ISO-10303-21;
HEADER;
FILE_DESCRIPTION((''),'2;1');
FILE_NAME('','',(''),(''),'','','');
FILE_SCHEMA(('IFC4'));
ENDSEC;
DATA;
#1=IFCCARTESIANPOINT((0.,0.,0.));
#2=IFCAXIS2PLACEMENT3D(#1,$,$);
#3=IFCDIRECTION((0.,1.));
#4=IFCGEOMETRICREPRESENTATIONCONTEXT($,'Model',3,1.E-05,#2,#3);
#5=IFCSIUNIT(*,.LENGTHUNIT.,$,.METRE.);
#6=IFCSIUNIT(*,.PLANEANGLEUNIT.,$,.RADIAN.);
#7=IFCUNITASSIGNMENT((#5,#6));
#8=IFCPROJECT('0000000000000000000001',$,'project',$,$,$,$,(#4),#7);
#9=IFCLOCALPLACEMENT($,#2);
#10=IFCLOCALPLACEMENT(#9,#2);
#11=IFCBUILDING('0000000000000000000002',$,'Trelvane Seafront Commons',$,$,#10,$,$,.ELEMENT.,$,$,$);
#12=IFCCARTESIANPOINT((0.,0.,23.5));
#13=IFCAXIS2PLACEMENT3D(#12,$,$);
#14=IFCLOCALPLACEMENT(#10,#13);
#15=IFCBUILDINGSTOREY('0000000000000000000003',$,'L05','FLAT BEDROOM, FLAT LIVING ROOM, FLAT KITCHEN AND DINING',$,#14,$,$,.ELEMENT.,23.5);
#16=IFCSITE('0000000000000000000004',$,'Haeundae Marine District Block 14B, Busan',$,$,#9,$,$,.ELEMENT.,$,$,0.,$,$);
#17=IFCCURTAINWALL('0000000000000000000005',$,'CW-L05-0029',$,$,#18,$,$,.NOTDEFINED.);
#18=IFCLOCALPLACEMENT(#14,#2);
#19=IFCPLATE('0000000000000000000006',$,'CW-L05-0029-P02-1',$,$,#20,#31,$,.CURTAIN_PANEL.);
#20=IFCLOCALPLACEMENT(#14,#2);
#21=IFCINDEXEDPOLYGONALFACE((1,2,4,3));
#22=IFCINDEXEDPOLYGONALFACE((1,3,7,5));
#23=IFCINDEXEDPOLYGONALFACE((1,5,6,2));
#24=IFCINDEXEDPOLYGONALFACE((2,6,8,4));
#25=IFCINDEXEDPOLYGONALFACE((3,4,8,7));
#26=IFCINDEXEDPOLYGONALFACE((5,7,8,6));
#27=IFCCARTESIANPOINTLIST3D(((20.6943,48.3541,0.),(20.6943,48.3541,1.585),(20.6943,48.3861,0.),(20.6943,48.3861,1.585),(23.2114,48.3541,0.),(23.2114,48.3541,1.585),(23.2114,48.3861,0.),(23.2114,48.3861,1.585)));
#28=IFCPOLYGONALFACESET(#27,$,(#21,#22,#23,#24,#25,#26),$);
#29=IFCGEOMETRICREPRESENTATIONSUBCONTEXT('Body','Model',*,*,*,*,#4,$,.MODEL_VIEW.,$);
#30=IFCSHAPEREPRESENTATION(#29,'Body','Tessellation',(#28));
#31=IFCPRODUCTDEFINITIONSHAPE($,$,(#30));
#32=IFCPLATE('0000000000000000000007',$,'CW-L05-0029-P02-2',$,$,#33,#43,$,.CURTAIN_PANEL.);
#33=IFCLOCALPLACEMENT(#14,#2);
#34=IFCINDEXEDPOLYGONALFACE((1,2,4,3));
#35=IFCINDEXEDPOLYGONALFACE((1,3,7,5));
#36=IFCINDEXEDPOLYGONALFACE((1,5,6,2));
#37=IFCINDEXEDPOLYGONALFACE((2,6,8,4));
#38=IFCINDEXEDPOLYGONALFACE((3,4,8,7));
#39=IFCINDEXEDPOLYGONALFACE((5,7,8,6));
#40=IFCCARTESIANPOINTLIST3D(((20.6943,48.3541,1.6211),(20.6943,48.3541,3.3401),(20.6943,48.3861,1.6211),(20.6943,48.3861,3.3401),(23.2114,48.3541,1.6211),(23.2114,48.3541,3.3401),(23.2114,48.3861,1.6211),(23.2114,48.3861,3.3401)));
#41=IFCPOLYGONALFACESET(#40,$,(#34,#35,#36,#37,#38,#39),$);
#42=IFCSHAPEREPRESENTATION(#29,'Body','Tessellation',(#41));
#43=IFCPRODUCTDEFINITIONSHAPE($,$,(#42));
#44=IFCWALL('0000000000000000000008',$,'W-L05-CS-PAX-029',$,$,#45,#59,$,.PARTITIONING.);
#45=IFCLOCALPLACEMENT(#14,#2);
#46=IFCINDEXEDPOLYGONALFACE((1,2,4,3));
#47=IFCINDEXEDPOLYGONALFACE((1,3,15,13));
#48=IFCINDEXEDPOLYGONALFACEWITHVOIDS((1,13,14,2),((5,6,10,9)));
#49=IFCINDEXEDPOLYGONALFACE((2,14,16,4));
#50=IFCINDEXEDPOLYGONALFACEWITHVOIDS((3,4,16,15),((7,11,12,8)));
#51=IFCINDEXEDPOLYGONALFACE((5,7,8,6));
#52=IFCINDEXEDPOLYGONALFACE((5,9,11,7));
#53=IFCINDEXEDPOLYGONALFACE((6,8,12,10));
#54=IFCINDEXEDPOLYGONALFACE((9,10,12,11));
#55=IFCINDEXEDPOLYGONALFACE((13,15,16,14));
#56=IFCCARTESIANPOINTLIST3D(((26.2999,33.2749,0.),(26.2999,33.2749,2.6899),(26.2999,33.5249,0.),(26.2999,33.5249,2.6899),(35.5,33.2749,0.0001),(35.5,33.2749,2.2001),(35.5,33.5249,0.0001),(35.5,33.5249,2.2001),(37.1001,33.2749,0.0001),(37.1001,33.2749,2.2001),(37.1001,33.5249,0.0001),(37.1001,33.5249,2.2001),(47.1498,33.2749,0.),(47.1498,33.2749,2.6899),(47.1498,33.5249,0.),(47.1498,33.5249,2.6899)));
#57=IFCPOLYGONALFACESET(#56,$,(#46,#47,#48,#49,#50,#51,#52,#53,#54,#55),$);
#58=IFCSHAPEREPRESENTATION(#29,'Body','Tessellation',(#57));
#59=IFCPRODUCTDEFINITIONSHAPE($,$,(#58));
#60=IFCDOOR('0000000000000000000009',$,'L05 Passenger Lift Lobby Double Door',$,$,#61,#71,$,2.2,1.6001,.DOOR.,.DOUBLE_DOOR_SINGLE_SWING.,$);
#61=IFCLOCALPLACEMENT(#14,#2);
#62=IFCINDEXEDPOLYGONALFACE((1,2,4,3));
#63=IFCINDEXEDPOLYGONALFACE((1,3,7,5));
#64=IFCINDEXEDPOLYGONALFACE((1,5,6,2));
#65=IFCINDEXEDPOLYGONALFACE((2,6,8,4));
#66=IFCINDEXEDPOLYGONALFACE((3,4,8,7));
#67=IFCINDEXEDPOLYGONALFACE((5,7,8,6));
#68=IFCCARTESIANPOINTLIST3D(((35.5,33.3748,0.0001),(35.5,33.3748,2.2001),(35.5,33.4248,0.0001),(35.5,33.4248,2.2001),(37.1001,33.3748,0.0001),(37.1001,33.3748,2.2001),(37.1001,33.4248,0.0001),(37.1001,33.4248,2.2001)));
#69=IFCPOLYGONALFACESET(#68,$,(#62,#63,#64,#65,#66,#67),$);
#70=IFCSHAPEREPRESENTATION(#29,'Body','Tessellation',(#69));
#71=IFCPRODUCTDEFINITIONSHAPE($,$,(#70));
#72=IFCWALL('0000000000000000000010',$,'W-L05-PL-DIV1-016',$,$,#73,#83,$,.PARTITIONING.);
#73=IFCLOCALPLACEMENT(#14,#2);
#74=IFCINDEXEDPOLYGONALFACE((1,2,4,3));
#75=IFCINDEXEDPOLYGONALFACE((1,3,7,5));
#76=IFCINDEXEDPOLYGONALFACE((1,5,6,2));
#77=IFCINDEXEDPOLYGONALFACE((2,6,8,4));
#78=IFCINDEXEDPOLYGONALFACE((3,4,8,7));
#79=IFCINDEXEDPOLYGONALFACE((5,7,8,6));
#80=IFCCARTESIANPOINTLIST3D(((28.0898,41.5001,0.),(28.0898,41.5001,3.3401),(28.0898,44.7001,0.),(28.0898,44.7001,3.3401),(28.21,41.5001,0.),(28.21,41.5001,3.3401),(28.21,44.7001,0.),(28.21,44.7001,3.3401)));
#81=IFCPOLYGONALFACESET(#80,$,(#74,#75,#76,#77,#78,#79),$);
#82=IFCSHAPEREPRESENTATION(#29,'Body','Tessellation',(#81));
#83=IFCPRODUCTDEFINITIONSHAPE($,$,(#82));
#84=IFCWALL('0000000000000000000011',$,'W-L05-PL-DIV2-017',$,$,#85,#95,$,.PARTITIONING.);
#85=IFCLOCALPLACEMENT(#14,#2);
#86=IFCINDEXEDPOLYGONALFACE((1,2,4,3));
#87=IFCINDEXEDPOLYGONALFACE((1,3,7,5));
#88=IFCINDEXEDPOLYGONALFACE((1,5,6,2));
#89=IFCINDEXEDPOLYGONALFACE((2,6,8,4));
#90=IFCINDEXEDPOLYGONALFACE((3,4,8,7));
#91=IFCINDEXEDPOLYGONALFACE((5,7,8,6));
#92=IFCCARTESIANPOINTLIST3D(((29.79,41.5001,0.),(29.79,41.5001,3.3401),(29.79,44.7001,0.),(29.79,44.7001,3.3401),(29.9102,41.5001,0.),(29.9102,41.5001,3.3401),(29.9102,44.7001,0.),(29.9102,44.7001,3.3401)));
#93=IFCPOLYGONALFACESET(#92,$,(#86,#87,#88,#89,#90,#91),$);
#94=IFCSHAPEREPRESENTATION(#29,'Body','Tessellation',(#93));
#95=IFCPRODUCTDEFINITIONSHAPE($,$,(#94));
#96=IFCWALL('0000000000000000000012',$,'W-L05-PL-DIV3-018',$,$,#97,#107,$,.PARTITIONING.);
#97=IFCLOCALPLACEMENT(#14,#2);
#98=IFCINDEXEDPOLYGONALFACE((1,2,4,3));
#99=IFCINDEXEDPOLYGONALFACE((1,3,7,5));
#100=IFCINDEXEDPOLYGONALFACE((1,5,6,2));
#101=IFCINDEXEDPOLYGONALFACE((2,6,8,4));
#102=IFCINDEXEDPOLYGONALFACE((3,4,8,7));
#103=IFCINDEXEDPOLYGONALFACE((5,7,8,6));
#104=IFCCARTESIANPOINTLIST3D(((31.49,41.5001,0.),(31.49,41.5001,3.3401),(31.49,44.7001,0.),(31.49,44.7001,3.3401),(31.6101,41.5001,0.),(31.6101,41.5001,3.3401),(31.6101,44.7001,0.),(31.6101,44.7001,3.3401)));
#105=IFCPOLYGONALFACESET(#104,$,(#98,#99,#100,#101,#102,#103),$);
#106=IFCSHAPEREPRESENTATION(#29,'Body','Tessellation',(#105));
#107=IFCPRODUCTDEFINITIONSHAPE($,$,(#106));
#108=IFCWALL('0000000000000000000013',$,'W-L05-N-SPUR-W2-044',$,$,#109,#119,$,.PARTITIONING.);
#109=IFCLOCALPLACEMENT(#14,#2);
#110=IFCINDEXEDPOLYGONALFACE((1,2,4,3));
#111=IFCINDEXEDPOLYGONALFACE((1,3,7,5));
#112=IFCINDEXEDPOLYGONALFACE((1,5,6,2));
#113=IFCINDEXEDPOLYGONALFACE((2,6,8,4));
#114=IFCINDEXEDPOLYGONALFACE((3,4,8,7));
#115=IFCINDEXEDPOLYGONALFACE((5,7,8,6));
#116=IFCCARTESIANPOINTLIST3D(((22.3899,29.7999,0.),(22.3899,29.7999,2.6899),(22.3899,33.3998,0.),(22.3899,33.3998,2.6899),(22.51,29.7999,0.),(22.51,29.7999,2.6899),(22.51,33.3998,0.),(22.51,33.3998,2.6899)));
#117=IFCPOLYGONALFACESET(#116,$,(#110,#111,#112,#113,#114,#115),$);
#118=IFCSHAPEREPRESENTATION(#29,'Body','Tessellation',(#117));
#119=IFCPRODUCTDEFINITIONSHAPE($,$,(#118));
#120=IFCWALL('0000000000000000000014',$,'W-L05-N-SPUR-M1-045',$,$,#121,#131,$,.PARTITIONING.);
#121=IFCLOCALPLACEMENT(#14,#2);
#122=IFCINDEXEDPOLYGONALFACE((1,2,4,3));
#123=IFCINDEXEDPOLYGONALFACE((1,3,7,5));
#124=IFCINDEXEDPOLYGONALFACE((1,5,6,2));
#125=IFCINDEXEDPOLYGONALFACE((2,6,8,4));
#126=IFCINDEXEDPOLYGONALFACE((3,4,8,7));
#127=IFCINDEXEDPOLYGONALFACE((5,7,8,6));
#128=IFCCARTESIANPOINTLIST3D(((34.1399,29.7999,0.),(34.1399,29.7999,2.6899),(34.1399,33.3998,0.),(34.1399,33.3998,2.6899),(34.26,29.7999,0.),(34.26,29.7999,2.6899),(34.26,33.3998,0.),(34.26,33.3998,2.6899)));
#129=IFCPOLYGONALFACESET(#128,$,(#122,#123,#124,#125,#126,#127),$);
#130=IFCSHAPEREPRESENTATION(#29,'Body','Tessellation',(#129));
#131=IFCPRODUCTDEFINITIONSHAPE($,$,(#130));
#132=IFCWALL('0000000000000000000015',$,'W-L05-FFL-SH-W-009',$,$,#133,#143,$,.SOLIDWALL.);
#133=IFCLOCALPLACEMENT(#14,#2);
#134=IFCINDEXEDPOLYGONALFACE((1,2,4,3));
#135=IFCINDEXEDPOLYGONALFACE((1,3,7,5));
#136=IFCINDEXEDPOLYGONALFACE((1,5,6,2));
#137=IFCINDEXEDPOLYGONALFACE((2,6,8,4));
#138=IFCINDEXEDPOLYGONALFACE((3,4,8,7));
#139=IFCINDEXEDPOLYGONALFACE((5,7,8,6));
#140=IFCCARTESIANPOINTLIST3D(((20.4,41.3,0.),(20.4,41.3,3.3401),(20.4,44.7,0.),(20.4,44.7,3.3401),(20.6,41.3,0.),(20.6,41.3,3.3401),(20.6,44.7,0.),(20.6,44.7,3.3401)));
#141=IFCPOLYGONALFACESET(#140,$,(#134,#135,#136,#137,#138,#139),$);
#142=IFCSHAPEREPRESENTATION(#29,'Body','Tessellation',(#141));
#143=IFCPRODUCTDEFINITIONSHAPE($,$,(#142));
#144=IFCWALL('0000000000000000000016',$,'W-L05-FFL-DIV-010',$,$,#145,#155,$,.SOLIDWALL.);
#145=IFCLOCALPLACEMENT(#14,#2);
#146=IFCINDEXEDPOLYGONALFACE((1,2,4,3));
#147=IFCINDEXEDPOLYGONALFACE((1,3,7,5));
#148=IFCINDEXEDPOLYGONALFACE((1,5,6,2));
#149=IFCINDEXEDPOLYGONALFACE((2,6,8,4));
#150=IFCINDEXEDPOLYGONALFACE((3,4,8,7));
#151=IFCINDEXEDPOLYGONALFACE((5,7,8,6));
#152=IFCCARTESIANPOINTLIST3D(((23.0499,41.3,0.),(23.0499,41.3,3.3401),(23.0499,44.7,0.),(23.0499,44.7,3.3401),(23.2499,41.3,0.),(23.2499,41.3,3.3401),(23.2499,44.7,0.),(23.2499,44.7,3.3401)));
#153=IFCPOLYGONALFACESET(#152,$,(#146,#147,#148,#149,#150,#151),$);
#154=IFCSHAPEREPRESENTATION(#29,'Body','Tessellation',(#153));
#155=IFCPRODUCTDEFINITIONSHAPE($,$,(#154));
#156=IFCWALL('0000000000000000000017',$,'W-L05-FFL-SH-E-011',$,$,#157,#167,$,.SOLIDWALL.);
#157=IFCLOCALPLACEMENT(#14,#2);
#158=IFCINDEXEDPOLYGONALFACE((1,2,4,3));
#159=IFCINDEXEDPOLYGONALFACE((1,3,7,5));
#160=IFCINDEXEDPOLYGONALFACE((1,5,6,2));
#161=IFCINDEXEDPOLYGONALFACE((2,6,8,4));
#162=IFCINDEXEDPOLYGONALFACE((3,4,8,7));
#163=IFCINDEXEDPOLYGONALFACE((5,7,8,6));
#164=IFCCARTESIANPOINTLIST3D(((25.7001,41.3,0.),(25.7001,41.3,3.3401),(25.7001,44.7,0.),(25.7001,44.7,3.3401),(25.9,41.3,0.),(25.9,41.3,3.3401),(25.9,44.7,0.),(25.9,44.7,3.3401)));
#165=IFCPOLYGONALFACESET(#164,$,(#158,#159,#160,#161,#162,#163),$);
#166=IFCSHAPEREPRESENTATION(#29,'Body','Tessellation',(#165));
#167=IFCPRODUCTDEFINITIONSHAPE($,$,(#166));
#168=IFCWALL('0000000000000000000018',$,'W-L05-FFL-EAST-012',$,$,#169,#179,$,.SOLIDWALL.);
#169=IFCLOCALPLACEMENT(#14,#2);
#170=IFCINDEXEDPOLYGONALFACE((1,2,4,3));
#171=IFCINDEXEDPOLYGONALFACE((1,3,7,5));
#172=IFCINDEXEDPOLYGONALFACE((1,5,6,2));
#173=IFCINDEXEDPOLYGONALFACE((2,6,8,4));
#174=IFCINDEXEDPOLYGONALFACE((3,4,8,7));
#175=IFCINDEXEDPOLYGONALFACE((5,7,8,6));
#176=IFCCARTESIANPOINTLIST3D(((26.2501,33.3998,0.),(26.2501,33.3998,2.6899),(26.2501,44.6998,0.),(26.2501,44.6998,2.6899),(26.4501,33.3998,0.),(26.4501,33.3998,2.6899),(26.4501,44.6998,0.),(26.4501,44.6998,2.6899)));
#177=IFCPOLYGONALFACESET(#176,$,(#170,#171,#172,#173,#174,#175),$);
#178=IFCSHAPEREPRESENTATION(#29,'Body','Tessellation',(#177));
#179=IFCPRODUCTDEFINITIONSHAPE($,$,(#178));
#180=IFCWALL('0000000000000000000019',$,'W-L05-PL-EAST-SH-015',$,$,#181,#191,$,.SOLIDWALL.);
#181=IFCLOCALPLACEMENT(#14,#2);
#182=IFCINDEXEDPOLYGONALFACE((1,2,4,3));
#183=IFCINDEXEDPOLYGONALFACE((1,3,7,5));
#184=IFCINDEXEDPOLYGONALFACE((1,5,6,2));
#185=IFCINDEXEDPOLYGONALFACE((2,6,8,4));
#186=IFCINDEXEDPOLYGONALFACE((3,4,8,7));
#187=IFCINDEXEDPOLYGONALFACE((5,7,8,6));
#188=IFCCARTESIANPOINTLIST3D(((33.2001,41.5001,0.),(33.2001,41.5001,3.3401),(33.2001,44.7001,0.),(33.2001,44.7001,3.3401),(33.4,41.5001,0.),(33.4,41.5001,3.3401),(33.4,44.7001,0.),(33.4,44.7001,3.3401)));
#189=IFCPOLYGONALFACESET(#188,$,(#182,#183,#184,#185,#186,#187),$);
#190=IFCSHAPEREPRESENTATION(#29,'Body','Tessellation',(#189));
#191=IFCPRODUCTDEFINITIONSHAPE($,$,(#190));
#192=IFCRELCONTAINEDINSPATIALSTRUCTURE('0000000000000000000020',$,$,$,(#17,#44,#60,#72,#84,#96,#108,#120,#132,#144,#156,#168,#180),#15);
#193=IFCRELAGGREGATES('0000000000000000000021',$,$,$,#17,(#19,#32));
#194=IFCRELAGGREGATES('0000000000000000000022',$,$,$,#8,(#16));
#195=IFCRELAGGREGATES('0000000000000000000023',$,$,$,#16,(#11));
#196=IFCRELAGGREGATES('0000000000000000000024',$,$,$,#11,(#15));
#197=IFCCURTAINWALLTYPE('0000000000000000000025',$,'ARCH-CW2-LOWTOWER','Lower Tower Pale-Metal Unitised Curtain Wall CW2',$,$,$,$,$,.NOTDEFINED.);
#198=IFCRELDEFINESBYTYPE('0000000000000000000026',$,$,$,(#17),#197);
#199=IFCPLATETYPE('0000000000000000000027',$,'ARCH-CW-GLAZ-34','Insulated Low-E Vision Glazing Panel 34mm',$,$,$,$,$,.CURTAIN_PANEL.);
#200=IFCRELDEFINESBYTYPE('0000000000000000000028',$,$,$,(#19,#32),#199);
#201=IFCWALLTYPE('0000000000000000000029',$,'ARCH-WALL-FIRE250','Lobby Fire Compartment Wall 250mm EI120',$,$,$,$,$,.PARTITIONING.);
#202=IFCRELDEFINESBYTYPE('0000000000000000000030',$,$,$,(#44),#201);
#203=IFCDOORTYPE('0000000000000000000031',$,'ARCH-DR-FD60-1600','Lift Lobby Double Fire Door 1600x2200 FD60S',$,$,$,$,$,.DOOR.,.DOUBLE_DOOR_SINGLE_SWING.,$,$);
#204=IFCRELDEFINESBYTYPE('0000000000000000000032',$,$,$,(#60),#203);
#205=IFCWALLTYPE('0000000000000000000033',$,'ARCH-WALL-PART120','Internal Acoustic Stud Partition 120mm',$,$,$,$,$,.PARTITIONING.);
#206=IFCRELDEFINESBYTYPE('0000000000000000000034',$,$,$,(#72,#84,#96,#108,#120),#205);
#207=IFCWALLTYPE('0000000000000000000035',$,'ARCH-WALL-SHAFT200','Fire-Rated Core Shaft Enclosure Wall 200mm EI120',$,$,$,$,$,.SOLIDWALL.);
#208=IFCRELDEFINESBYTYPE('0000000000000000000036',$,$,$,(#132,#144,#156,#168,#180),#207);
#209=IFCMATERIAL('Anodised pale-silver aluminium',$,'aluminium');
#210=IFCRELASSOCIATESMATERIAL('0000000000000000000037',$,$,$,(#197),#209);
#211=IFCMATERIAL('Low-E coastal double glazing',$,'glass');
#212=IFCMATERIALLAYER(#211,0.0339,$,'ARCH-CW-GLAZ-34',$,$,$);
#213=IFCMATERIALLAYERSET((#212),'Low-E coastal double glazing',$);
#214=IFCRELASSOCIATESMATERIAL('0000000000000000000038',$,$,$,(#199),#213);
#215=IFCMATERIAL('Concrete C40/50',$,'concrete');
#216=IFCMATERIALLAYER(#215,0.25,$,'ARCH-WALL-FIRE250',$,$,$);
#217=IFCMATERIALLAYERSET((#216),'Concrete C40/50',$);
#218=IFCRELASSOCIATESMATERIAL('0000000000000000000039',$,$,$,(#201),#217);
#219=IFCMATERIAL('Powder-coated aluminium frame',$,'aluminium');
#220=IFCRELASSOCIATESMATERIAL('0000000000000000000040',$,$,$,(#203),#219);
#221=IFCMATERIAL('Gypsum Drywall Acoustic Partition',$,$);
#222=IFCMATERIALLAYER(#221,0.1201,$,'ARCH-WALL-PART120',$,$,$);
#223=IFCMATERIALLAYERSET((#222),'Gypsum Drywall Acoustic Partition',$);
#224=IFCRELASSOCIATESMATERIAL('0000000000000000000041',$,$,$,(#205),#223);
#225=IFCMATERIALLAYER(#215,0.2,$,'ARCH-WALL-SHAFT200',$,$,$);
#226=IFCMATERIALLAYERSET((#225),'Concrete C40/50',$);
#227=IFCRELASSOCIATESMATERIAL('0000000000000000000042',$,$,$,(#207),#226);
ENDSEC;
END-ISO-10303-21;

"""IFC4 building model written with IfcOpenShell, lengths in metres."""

from ifc_helpers import new_model, si_unit, direction, frame, frame_2d, origin, origin_2d, place, context, subcontext, project, spatial, rectangle, extrude, source, transform, mapped, material, layer, layer_set, type_object, element, fill, aggregate, save


model = new_model("IFC4")

# Units and contexts
model_context = context("Model", 3, precision=1e-05, world=origin(), true_north=direction((0.0, 1.0)))
body_context = subcontext(model_context, "Body", "Model", "MODEL_VIEW")
ifc_project = project(units=[si_unit("LENGTHUNIT", "METRE"), si_unit("PLANEANGLEUNIT", "RADIAN")], contexts=[model_context])

# Site, building, storey
site_placement = place(None, origin())
site = spatial("IfcSite", under=ifc_project, at=site_placement, Name="Haeundae Marine District Block 14B, Busan", CompositionType="ELEMENT", RefElevation=0.0)
building_placement = place(site_placement, origin())
building = spatial("IfcBuilding", under=site, at=building_placement, Name="Trelvane Seafront Commons", CompositionType="ELEMENT")
storey_placement = place(building_placement, frame((0.0, 0.0, 23.5)))
storey = spatial("IfcBuildingStorey", under=building, at=storey_placement, Name="L05", Description="FLAT BEDROOM, FLAT LIVING ROOM, FLAT KITCHEN AND DINING", CompositionType="ELEMENT", Elevation=23.5)

# Curtain wall, plates
ifc_material_1 = material(Name="Anodised pale-silver aluminium", Category="aluminium")
curtain_wall_type = type_object("IfcCurtainWallType", Name="ARCH-CW2-LOWTOWER", Description="Lower Tower Pale-Metal Unitised Curtain Wall CW2", PredefinedType="NOTDEFINED", material=ifc_material_1)
curtain_wall_placement = place(storey_placement, origin())
curtain_wall = element("IfcCurtainWall", 1, at=curtain_wall_placement, inside=storey, type_object=curtain_wall_type, Name="CW-L05-0029", PredefinedType="NOTDEFINED")
ifc_material_2 = material(Name="Low-E coastal double glazing", Category="glass")
ifc_layer_1 = layer(ifc_material_2, 0.0339, Name="ARCH-CW-GLAZ-34")
ifc_layer_set_1 = layer_set([ifc_layer_1], Name="Low-E coastal double glazing")
plate_type = type_object("IfcPlateType", Name="ARCH-CW-GLAZ-34", Description="Insulated Low-E Vision Glazing Panel 34mm", PredefinedType="CURTAIN_PANEL", material=ifc_layer_set_1)
shared_shape_1 = source(origin(), body_context, "Body", "SweptSolid", [
    extrude(rectangle(XDim=2.5171, YDim=0.032, at=origin_2d()), origin(), (0.0, 0.0, 1.0), 1.585),
])
plate_1_placement = place(storey_placement, frame((21.9529, 48.3701, 0.0), z_axis=(0.0, 0.0, 1.0), x_axis=(1.0, 0.0, 0.0)))
plate_1 = element("IfcPlate", 2, at=plate_1_placement, type_object=plate_type, Name="CW-L05-0029-P02-1", PredefinedType="CURTAIN_PANEL", context=body_context, shape_type="MappedRepresentation", body=[
    mapped(shared_shape_1, transform((0.0, 0.0, 0.0), x_axis=(1.0, 0.0, 0.0), y_axis=(0.0, 1.0, 0.0), z_axis=(0.0, 0.0, 1.0), scale=1.0)),
])
shared_shape_2 = source(origin(), body_context, "Body", "SweptSolid", [
    extrude(rectangle(XDim=2.5171, YDim=0.032, at=origin_2d()), origin(), (0.0, 0.0, 1.0), 1.719),
])
plate_2_placement = place(storey_placement, frame((21.9529, 48.3701, 1.6211), z_axis=(0.0, 0.0, 1.0), x_axis=(1.0, 0.0, 0.0)))
plate_2 = element("IfcPlate", 3, at=plate_2_placement, type_object=plate_type, Name="CW-L05-0029-P02-2", PredefinedType="CURTAIN_PANEL", context=body_context, shape_type="MappedRepresentation", body=[
    mapped(shared_shape_2, transform((0.0, 0.0, 0.0), x_axis=(1.0, 0.0, 0.0), y_axis=(0.0, 1.0, 0.0), z_axis=(0.0, 0.0, 1.0), scale=1.0)),
])
aggregate(curtain_wall, [plate_1, plate_2])

# Wall, opening, door
ifc_material_3 = material(Name="Concrete C40/50", Category="concrete")
ifc_layer_2 = layer(ifc_material_3, 0.25, Name="ARCH-WALL-FIRE250")
ifc_layer_set_2 = layer_set([ifc_layer_2], Name="Concrete C40/50")
wall_type_1 = type_object("IfcWallType", Name="ARCH-WALL-FIRE250", Description="Lobby Fire Compartment Wall 250mm EI120", PredefinedType="PARTITIONING", material=ifc_layer_set_2)
wall_1_placement = place(storey_placement, frame((26.3, 33.3999, 0.0), z_axis=(0.0, 0.0, 1.0), x_axis=(1.0, 0.0, 0.0)))
wall_1 = element("IfcWall", 4, at=wall_1_placement, inside=storey, type_object=wall_type_1, Name="W-L05-CS-PAX-029", PredefinedType="PARTITIONING", context=body_context, shape_type="SweptSolid", body=[
    extrude(rectangle(XDim=20.8499, YDim=0.25, at=frame_2d((10.4248, 0.0))), origin(), (0.0, 0.0, 1.0), 2.6899),
])
opening_1_placement = place(wall_1_placement, frame((9.2, 0.0, 0.0)))
opening_1 = element("IfcOpeningElement", 5, at=opening_1_placement, cuts=wall_1, PredefinedType="OPENING", context=body_context, shape_type="SweptSolid", body=[
    extrude(rectangle(XDim=1.6001, YDim=2.2, at=frame_2d((0.8, 1.1001))), frame((0.0, 0.135, 0.0), z_axis=(0.0, -1.0, 0.0), x_axis=(1.0, 0.0, 0.0)), (0.0, 0.0, 1.0), 0.27),
])
ifc_material_4 = material(Name="Powder-coated aluminium frame", Category="aluminium")
door_type_1 = type_object("IfcDoorType", Name="ARCH-DR-FD60-1600", Description="Lift Lobby Double Fire Door 1600x2200 FD60S", OperationType="DOUBLE_DOOR_SINGLE_SWING", PredefinedType="DOOR", material=ifc_material_4)
shared_shape_3 = source(origin(), body_context, "Body", "SweptSolid", [
    extrude(rectangle(XDim=1.6001, YDim=2.2, at=frame_2d((0.8, 1.1001))), frame((0.0, 0.0249, 0.0), z_axis=(0.0, -1.0, 0.0), x_axis=(1.0, 0.0, 0.0)), (0.0, 0.0, 1.0), 0.05),
])
door_1_placement = place(opening_1_placement, origin())
door_1 = element("IfcDoor", 6, at=door_1_placement, inside=storey, type_object=door_type_1, Name="L05 Passenger Lift Lobby Double Door", OperationType="DOUBLE_DOOR_SINGLE_SWING", OverallHeight=2.2, OverallWidth=1.6001, PredefinedType="DOOR", context=body_context, shape_type="MappedRepresentation", body=[
    mapped(shared_shape_3, transform((0.0, 0.0, 0.0), x_axis=(1.0, 0.0, 0.0), y_axis=(0.0, 1.0, 0.0), z_axis=(0.0, 0.0, 1.0), scale=1.0)),
])
fill(opening_1, door_1)

# Walls
ifc_material_5 = material(Name="Gypsum Drywall Acoustic Partition")
ifc_layer_3 = layer(ifc_material_5, 0.1201, Name="ARCH-WALL-PART120")
ifc_layer_set_3 = layer_set([ifc_layer_3], Name="Gypsum Drywall Acoustic Partition")
wall_type_2 = type_object("IfcWallType", Name="ARCH-WALL-PART120", Description="Internal Acoustic Stud Partition 120mm", PredefinedType="PARTITIONING", material=ifc_layer_set_3)
for number, where, z_axis, x_axis, name in (
    (7, (28.1499, 41.5, 0.0), (0.0, 0.0, 1.0), (0.0, 1.0, 0.0), "W-L05-PL-DIV1-016"),
    (8, (29.8501, 41.5, 0.0), (0.0, 0.0, 1.0), (0.0, 1.0, 0.0), "W-L05-PL-DIV2-017"),
    (9, (31.55, 41.5, 0.0), (0.0, 0.0, 1.0), (0.0, 1.0, 0.0), "W-L05-PL-DIV3-018"),
):
    element("IfcWall", number, at=place(storey_placement, frame(where, z_axis=z_axis, x_axis=x_axis)), inside=storey, type_object=wall_type_2, Name=name, PredefinedType="PARTITIONING", context=body_context, shape_type="SweptSolid", body=[
        extrude(rectangle(XDim=3.2, YDim=0.1201, at=frame_2d((1.6001, 0.0))), origin(), (0.0, 0.0, 1.0), 3.3401),
    ])
for number, where, z_axis, x_axis, name in (
    (10, (22.45, 29.8, 0.0), (0.0, 0.0, 1.0), (0.0, 1.0, 0.0), "W-L05-N-SPUR-W2-044"),
    (11, (34.2, 29.8, 0.0), (0.0, 0.0, 1.0), (0.0, 1.0, 0.0), "W-L05-N-SPUR-M1-045"),
):
    element("IfcWall", number, at=place(storey_placement, frame(where, z_axis=z_axis, x_axis=x_axis)), inside=storey, type_object=wall_type_2, Name=name, PredefinedType="PARTITIONING", context=body_context, shape_type="SweptSolid", body=[
        extrude(rectangle(XDim=3.5999, YDim=0.1201, at=frame_2d((1.7998, 0.0))), origin(), (0.0, 0.0, 1.0), 2.6899),
    ])

# Shared definitions
ifc_layer_4 = layer(ifc_material_3, 0.2, Name="ARCH-WALL-SHAFT200")
ifc_layer_set_4 = layer_set([ifc_layer_4], Name="Concrete C40/50")
wall_type_3 = type_object("IfcWallType", Name="ARCH-WALL-SHAFT200", Description="Fire-Rated Core Shaft Enclosure Wall 200mm EI120", PredefinedType="SOLIDWALL", material=ifc_layer_set_4)

# Walls
for number, where, z_axis, x_axis, name in (
    (12, (20.5, 41.3, 0.0), (0.0, 0.0, 1.0), (0.0, 1.0, 0.0), "W-L05-FFL-SH-W-009"),
    (13, (23.1499, 41.3, 0.0), (0.0, 0.0, 1.0), (0.0, 1.0, 0.0), "W-L05-FFL-DIV-010"),
    (14, (25.8, 41.3, 0.0), (0.0, 0.0, 1.0), (0.0, 1.0, 0.0), "W-L05-FFL-SH-E-011"),
):
    element("IfcWall", number, at=place(storey_placement, frame(where, z_axis=z_axis, x_axis=x_axis)), inside=storey, type_object=wall_type_3, Name=name, PredefinedType="SOLIDWALL", context=body_context, shape_type="SweptSolid", body=[
        extrude(rectangle(XDim=3.3999, YDim=0.2, at=frame_2d((1.7, 0.0))), origin(), (0.0, 0.0, 1.0), 3.3401),
    ])
wall_2_placement = place(storey_placement, frame((26.3501, 33.3999, 0.0), z_axis=(0.0, 0.0, 1.0), x_axis=(0.0, 1.0, 0.0)))
element("IfcWall", 15, at=wall_2_placement, inside=storey, type_object=wall_type_3, Name="W-L05-FFL-EAST-012", PredefinedType="SOLIDWALL", context=body_context, shape_type="SweptSolid", body=[
    extrude(rectangle(XDim=11.3, YDim=0.2, at=frame_2d((5.6499, 0.0))), origin(), (0.0, 0.0, 1.0), 2.6899),
])

# Wall
wall_3_placement = place(storey_placement, frame((33.3, 41.5, 0.0), z_axis=(0.0, 0.0, 1.0), x_axis=(0.0, 1.0, 0.0)))
element("IfcWall", 16, at=wall_3_placement, inside=storey, type_object=wall_type_3, Name="W-L05-PL-EAST-SH-015", PredefinedType="SOLIDWALL", context=body_context, shape_type="SweptSolid", body=[
    extrude(rectangle(XDim=3.2, YDim=0.2, at=frame_2d((1.6001, 0.0))), origin(), (0.0, 0.0, 1.0), 3.3401),
])

save(model, "model.ifc")
